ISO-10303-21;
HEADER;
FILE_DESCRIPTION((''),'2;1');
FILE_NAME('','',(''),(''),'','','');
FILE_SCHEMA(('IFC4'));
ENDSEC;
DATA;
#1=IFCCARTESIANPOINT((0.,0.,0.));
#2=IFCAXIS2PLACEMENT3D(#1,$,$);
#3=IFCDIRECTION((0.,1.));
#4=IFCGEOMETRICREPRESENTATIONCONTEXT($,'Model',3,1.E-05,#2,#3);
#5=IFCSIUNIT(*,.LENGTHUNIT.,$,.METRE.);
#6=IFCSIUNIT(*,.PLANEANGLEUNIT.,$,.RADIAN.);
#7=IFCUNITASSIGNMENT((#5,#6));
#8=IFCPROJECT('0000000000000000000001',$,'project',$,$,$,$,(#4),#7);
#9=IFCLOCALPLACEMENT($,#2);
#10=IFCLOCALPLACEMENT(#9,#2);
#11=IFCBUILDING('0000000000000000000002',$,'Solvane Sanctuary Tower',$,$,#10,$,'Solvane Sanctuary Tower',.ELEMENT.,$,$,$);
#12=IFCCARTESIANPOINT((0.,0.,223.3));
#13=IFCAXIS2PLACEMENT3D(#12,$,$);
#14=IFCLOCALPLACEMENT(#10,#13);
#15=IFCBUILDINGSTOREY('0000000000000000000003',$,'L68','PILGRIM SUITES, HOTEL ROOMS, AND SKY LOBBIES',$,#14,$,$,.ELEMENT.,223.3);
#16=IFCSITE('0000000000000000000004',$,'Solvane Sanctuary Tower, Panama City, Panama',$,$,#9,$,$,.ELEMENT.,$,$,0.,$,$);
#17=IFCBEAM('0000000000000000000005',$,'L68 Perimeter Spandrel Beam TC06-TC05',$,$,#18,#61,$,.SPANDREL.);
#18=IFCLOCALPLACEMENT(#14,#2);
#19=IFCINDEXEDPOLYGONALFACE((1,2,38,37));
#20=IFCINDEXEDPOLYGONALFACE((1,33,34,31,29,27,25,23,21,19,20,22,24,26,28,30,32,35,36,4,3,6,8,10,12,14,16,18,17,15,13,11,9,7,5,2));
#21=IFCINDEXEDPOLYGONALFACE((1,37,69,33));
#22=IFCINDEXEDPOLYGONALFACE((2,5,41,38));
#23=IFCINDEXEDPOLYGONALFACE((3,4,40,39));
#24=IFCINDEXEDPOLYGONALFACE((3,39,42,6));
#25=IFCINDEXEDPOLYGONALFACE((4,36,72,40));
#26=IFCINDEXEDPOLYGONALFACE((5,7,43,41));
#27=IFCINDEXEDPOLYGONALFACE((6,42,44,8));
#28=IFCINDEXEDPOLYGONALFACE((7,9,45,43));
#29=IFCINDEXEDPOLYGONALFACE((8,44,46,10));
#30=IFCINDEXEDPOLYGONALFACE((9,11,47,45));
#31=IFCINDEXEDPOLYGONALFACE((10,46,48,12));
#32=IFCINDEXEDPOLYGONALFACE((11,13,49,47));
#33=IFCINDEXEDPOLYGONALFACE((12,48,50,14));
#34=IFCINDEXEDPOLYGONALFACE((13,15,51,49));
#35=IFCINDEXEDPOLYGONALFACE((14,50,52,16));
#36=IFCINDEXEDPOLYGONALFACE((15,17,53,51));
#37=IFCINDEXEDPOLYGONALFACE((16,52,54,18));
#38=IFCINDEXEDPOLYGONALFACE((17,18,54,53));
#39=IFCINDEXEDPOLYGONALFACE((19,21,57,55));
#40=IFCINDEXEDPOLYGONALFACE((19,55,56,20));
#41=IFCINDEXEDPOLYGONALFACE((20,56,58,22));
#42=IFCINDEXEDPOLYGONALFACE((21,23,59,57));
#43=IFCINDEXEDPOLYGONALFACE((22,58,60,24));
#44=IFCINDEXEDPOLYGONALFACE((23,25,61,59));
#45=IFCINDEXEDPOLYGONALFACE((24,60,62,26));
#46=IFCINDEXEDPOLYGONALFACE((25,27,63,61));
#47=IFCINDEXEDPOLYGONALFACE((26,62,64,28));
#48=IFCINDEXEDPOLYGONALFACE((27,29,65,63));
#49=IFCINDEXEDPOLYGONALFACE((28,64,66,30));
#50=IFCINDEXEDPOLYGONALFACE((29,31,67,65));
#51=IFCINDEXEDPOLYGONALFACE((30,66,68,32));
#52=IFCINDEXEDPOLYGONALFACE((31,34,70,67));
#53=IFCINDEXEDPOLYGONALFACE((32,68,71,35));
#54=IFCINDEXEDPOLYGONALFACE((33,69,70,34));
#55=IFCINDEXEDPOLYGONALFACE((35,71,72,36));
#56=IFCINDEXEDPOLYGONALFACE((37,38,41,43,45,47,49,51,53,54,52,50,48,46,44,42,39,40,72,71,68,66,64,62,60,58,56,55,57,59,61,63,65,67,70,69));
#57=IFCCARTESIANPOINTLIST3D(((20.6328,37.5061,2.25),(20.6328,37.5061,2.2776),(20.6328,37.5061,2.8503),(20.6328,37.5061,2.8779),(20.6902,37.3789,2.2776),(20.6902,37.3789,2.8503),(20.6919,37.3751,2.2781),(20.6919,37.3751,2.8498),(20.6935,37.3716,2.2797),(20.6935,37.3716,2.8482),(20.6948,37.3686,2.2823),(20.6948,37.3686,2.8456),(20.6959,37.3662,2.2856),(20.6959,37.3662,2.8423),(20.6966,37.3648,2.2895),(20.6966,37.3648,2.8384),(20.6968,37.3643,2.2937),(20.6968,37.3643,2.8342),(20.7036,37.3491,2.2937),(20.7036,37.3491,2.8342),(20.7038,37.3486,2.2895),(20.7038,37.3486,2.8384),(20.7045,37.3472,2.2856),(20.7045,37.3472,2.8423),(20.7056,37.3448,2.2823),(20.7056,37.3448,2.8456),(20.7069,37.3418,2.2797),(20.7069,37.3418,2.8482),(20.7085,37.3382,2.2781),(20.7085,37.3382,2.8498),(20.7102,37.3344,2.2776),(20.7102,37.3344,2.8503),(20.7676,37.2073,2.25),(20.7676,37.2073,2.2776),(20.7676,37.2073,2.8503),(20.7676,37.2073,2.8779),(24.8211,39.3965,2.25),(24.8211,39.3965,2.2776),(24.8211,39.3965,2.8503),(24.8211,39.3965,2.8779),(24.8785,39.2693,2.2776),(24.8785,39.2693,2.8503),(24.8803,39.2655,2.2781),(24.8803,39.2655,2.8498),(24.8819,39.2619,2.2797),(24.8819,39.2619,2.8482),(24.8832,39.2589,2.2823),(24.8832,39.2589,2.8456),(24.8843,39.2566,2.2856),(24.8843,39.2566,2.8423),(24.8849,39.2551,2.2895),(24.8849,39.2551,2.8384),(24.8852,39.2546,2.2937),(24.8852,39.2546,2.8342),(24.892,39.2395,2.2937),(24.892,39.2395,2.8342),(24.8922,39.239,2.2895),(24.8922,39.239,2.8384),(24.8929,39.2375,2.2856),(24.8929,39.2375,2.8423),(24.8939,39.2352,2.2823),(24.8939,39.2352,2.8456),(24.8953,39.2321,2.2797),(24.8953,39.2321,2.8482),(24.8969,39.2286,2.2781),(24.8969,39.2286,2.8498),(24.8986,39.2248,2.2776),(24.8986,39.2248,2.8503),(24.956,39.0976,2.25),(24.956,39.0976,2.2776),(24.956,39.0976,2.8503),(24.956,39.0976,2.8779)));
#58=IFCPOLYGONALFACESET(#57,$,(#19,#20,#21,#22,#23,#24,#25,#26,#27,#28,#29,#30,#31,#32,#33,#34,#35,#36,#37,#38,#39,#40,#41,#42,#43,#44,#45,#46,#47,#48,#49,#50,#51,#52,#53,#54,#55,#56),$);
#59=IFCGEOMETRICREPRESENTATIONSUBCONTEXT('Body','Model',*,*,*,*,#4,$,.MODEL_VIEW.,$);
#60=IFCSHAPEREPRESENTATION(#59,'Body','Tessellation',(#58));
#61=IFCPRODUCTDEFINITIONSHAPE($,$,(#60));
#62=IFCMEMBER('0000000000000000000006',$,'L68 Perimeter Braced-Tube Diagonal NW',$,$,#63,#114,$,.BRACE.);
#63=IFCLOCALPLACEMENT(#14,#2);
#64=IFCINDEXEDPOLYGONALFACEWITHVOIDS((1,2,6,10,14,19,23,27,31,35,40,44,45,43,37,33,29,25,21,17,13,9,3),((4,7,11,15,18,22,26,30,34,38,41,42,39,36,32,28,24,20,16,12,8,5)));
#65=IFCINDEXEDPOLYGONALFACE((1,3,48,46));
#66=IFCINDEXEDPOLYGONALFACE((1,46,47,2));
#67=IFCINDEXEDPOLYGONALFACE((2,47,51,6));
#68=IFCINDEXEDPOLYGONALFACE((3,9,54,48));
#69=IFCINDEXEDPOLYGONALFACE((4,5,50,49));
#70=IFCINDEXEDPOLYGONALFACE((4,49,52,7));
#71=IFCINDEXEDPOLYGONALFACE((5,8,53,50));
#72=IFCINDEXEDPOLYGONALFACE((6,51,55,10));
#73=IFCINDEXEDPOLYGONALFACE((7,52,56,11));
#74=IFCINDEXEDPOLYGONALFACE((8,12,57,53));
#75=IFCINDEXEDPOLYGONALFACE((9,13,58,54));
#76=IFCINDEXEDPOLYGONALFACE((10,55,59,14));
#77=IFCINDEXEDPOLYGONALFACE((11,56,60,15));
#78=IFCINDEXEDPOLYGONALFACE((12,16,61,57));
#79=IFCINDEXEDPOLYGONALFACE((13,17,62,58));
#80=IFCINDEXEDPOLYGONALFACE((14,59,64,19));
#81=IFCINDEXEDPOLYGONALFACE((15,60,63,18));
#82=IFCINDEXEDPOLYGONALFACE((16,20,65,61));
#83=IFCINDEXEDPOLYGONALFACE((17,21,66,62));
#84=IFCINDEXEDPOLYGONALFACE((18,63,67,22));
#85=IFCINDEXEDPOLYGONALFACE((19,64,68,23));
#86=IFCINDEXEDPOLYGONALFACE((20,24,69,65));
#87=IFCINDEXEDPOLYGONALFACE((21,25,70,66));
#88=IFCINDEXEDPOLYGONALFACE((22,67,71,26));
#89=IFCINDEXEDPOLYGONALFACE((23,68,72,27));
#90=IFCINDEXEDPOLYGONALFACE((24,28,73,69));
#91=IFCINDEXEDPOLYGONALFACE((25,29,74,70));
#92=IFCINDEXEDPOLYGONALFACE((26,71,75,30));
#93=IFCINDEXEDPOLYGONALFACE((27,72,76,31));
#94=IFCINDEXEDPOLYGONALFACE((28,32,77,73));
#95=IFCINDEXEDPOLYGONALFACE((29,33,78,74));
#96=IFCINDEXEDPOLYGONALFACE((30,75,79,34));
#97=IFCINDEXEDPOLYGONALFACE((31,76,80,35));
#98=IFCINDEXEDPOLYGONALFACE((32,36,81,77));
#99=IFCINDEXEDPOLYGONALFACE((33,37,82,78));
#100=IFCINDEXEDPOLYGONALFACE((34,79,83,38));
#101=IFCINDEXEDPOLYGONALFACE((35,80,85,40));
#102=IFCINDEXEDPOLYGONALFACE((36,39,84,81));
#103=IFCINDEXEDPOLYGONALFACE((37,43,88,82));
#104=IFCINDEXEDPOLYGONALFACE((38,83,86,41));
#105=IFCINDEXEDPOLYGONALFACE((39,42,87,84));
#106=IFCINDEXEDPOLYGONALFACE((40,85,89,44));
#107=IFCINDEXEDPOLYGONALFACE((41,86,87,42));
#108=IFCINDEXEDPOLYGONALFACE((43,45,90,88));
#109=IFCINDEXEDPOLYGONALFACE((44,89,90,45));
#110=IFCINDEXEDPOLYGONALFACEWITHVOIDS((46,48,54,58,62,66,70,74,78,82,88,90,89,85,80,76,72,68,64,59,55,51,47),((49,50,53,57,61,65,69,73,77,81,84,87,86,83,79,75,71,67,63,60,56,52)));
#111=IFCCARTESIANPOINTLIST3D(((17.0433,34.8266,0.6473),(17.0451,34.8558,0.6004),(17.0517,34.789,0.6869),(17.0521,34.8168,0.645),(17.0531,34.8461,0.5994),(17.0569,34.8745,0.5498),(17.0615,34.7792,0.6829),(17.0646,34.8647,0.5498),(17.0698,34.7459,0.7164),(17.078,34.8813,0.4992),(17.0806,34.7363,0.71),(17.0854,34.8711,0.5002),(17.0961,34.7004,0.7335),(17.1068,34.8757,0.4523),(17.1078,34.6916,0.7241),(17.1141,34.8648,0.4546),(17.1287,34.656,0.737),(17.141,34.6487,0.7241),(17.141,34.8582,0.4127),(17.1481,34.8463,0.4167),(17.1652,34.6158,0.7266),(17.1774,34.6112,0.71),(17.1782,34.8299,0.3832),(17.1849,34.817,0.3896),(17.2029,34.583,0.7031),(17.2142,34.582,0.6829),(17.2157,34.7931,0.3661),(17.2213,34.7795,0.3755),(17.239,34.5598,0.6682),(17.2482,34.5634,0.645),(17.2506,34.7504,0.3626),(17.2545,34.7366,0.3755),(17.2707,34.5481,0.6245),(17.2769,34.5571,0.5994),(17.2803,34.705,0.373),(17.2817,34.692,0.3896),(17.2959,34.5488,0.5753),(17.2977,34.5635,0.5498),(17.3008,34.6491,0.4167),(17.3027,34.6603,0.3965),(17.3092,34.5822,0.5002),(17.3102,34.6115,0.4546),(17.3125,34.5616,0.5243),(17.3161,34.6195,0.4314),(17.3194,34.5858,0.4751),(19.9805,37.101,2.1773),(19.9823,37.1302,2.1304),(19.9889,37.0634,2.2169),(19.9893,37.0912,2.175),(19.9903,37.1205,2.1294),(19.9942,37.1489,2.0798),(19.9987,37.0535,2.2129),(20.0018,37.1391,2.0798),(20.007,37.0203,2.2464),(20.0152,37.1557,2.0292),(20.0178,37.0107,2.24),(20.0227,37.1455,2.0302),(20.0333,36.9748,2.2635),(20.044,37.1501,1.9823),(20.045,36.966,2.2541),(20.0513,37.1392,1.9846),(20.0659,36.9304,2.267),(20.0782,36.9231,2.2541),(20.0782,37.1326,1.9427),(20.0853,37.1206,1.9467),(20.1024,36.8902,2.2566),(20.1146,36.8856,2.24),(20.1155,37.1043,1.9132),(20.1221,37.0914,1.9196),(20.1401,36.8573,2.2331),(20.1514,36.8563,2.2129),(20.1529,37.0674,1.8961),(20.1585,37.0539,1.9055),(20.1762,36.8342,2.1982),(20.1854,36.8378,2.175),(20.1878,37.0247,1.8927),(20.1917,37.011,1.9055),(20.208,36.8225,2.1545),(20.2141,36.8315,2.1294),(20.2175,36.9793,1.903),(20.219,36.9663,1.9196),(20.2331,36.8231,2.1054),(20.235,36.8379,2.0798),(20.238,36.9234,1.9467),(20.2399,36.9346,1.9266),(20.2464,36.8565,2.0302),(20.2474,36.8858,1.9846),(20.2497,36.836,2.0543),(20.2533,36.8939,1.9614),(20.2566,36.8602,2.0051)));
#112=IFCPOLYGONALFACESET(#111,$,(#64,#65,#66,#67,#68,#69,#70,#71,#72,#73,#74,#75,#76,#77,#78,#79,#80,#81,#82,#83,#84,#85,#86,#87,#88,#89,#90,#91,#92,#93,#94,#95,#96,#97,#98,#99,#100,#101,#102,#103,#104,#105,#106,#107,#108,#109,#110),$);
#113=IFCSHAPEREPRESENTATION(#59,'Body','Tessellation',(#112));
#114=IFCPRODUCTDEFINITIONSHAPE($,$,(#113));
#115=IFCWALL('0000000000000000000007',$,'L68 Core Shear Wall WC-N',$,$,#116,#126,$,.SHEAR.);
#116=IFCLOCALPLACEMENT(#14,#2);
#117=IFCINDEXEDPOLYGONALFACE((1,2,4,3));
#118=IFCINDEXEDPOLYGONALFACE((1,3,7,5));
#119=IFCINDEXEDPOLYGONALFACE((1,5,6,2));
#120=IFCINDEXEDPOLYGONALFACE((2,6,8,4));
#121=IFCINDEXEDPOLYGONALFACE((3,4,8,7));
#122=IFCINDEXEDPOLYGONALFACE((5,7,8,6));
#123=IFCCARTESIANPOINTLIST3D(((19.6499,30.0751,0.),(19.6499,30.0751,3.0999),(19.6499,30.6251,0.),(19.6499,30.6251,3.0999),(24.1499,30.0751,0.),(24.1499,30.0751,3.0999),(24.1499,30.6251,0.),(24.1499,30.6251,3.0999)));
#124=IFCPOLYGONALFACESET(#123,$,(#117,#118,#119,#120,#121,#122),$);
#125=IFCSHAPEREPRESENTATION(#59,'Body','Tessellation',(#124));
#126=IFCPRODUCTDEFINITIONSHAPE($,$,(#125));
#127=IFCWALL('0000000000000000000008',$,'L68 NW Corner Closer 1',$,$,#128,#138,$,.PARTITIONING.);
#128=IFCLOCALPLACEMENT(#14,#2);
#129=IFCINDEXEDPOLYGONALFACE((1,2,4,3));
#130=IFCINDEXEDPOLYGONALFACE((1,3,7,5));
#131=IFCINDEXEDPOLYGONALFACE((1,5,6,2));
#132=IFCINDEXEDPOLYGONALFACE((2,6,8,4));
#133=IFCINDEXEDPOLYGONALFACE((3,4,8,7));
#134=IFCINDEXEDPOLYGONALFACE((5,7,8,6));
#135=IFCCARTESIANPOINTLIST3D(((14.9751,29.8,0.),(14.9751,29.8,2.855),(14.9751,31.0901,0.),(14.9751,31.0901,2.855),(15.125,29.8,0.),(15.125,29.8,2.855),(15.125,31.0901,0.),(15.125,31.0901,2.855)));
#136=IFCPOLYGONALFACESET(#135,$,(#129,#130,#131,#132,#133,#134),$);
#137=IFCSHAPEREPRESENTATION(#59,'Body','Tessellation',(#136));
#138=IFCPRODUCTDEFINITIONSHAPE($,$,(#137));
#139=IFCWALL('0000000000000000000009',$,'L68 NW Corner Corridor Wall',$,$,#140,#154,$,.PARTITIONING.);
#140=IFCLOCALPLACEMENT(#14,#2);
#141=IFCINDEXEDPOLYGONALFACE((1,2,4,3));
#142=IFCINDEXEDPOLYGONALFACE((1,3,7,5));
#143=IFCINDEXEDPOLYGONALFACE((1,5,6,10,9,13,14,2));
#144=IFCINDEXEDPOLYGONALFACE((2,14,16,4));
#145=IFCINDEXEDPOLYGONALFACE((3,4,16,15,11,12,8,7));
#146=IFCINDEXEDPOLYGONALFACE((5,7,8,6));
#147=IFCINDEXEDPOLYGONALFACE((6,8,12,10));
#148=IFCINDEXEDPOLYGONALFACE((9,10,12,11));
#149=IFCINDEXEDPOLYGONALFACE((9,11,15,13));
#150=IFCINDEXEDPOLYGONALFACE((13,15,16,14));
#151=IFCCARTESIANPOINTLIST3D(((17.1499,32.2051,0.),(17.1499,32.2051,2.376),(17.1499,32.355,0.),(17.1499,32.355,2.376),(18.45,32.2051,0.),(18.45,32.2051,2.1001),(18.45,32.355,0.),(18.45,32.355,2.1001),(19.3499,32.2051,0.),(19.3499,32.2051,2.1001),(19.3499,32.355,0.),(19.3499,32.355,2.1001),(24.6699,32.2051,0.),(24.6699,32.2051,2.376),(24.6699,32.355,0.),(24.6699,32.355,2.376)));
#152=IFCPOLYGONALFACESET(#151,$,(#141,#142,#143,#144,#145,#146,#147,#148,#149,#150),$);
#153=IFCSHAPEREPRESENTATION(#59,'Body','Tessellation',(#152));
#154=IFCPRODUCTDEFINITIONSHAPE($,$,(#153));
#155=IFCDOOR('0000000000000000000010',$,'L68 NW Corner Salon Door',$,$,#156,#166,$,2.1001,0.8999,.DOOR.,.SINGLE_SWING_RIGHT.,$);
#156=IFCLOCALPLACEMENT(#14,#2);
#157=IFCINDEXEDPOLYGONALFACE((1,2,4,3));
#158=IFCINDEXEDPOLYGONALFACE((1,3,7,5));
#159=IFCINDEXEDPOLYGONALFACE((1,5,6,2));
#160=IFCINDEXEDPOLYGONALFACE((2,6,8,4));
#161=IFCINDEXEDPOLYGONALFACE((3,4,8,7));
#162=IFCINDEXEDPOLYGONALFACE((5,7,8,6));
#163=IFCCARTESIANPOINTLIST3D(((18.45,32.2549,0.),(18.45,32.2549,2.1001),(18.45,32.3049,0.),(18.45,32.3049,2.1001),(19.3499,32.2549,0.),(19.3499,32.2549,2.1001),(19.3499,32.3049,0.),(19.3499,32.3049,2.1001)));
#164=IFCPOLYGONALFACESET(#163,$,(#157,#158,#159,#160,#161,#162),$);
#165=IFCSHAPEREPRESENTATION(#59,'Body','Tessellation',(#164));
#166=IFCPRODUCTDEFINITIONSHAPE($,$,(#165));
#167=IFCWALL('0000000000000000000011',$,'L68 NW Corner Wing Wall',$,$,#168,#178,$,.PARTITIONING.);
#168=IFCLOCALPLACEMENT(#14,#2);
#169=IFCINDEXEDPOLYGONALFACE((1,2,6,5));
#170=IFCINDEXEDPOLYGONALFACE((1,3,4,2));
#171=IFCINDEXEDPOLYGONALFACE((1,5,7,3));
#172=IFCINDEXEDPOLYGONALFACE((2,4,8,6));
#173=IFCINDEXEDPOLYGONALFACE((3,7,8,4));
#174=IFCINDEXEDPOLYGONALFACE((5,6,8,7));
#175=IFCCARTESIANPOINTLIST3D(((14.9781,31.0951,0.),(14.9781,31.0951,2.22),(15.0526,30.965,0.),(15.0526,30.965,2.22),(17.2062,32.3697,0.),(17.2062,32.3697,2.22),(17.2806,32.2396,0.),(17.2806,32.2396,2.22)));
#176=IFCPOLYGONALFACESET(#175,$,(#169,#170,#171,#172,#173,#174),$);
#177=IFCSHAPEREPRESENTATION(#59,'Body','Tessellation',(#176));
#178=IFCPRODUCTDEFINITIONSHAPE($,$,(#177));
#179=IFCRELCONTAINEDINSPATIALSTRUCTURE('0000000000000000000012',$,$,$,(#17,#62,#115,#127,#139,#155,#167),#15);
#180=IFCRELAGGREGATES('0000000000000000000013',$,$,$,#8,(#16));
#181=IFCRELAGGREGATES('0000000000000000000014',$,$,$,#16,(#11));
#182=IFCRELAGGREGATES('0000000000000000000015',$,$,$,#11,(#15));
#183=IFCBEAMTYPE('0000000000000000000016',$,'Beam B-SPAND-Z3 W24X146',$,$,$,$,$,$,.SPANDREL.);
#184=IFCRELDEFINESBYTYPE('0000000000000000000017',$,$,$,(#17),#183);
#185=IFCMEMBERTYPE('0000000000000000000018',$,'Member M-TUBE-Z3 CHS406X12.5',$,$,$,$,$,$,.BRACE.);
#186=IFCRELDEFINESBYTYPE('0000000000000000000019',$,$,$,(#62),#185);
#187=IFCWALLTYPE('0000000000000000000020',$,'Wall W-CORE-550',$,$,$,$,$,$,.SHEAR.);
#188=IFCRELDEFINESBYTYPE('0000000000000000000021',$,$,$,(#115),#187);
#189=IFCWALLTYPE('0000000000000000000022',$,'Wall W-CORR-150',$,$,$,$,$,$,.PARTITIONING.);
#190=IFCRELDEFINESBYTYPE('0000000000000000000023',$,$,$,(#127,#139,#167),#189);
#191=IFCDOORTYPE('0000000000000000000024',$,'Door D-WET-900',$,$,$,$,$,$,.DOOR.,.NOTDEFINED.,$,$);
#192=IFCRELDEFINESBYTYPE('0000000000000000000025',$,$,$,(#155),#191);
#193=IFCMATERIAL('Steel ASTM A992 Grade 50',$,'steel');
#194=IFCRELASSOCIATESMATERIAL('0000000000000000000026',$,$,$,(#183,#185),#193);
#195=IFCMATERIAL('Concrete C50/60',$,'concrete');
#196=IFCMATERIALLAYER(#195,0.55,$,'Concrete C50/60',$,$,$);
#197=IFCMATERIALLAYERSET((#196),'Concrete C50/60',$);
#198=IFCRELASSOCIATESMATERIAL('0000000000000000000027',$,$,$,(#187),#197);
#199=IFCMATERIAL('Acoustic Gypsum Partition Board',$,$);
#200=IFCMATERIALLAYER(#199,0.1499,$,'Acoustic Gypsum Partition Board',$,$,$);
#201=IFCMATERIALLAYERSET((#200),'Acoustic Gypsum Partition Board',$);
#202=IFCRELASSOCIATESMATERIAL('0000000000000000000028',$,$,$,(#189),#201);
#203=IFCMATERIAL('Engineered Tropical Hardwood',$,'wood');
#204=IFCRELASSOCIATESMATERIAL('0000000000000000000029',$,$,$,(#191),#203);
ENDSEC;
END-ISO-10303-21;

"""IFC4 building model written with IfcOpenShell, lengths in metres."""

from ifc_helpers import new_model, si_unit, direction, frame, frame_2d, origin, origin_2d, place, context, subcontext, project, spatial, rectangle, hollow_circle, i_section, extrude, material, layer, layer_set, material_profile, profile_set, type_object, element, fill, save


model = new_model("IFC4")

# Units and contexts
model_context = context("Model", 3, precision=1e-05, world=origin(), true_north=direction((0.0, 1.0)))
body_context = subcontext(model_context, "Body", "Model", "MODEL_VIEW")
ifc_project = project(units=[si_unit("LENGTHUNIT", "METRE"), si_unit("PLANEANGLEUNIT", "RADIAN")], contexts=[model_context])

# Site, building, storey
site_placement = place(None, origin())
site = spatial("IfcSite", under=ifc_project, at=site_placement, Name="Solvane Sanctuary Tower, Panama City, Panama", CompositionType="ELEMENT", RefElevation=0.0)
building_placement = place(site_placement, origin())
building = spatial("IfcBuilding", under=site, at=building_placement, Name="Solvane Sanctuary Tower", LongName="Solvane Sanctuary Tower", CompositionType="ELEMENT")
storey_placement = place(building_placement, frame((0.0, 0.0, 223.3)))
storey = spatial("IfcBuildingStorey", under=building, at=storey_placement, Name="L68", Description="PILGRIM SUITES, HOTEL ROOMS, AND SKY LOBBIES", CompositionType="ELEMENT", Elevation=223.3)

# Shared definitions
ifc_material_1 = material(Name="Concrete C50/60", Category="concrete")

# Beam
ifc_material_2 = material(Name="Steel ASTM A992 Grade 50", Category="steel")
ifc_material_profile_1 = material_profile(ifc_material_2, i_section(OverallWidth=0.3279, OverallDepth=0.6279, WebThickness=0.0166, FlangeThickness=0.0276, FilletRadius=0.0161, at=origin_2d()), Name="W24X146")
ifc_profile_set_1 = profile_set([ifc_material_profile_1], Name="Steel ASTM A992 Grade 50")
beam_type_1 = type_object("IfcBeamType", Name="Beam B-SPAND-Z3 W24X146", PredefinedType="SPANDREL", material=ifc_profile_set_1)
beam_1_placement = place(storey_placement, frame((20.7002, 37.3567, 2.564), z_axis=(0.911468, 0.411372, 0.0), x_axis=(-0.411372, 0.911468, 0.0)))
element("IfcBeam", 1, at=beam_1_placement, inside=storey, type_object=beam_type_1, Name="L68 Perimeter Spandrel Beam TC06-TC05", PredefinedType="SPANDREL", context=body_context, shape_type="SweptSolid", body=[
    extrude(i_section(OverallWidth=0.3279, OverallDepth=0.6279, WebThickness=0.0166, FlangeThickness=0.0276, FilletRadius=0.0161, at=origin_2d()), origin(), (0.0, 0.0, 1.0), 4.5952),
])

# Member
ifc_material_profile_2 = material_profile(ifc_material_2, hollow_circle(Radius=0.2029, WallThickness=0.0125, at=origin_2d()), Name="CHS406X12.5")
ifc_profile_set_2 = profile_set([ifc_material_profile_2], Name="Steel ASTM A992 Grade 50")
member_type = type_object("IfcMemberType", Name="Member M-TUBE-Z3 CHS406X12.5", PredefinedType="BRACE", material=ifc_profile_set_2)
member_placement = place(storey_placement, frame((17.1812, 34.7141, 0.5498), z_axis=(0.73109, 0.566107, 0.380828), x_axis=(-0.612242, 0.79067, 0.0)))
element("IfcMember", 2, at=member_placement, inside=storey, type_object=member_type, Name="L68 Perimeter Braced-Tube Diagonal NW", PredefinedType="BRACE", context=body_context, shape_type="SweptSolid", body=[
    extrude(hollow_circle(Radius=0.2029, WallThickness=0.0125, at=origin_2d()), origin(), (0.0, 0.0, 1.0), 4.0176),
])

# Walls
ifc_layer_1 = layer(ifc_material_1, 0.55, Name="Concrete C50/60")
ifc_layer_set_1 = layer_set([ifc_layer_1], Name="Concrete C50/60")
wall_type_1 = type_object("IfcWallType", Name="Wall W-CORE-550", PredefinedType="SHEAR", material=ifc_layer_set_1)
wall_1_placement = place(storey_placement, frame((19.6499, 30.3501, 0.0), z_axis=(0.0, 0.0, 1.0), x_axis=(1.0, 0.0, 0.0)))
element("IfcWall", 3, at=wall_1_placement, inside=storey, type_object=wall_type_1, Name="L68 Core Shear Wall WC-N", PredefinedType="SHEAR", context=body_context, shape_type="SweptSolid", body=[
    extrude(rectangle(XDim=4.5, YDim=0.55, at=frame_2d((2.25, 0.0))), origin(), (0.0, 0.0, 1.0), 3.0999),
])
ifc_material_3 = material(Name="Acoustic Gypsum Partition Board")
ifc_layer_2 = layer(ifc_material_3, 0.1499, Name="Acoustic Gypsum Partition Board")
ifc_layer_set_2 = layer_set([ifc_layer_2], Name="Acoustic Gypsum Partition Board")
wall_type_2 = type_object("IfcWallType", Name="Wall W-CORR-150", PredefinedType="PARTITIONING", material=ifc_layer_set_2)
wall_2_placement = place(storey_placement, frame((15.05, 29.8, 0.0), z_axis=(0.0, 0.0, 1.0), x_axis=(0.0, 1.0, 0.0)))
element("IfcWall", 4, at=wall_2_placement, inside=storey, type_object=wall_type_2, Name="L68 NW Corner Closer 1", PredefinedType="PARTITIONING", context=body_context, shape_type="SweptSolid", body=[
    extrude(rectangle(XDim=1.29, YDim=0.1499, at=frame_2d((0.645, 0.0))), origin(), (0.0, 0.0, 1.0), 2.855),
])

# Wall, opening, door
wall_3_placement = place(storey_placement, frame((17.1499, 32.28, 0.0), z_axis=(0.0, 0.0, 1.0), x_axis=(1.0, 0.0, 0.0)))
wall_3 = element("IfcWall", 5, at=wall_3_placement, inside=storey, type_object=wall_type_2, Name="L68 NW Corner Corridor Wall", PredefinedType="PARTITIONING", context=body_context, shape_type="SweptSolid", body=[
    extrude(rectangle(XDim=7.52, YDim=0.1499, at=frame_2d((3.76, 0.0))), origin(), (0.0, 0.0, 1.0), 2.376),
])
opening_1_placement = place(wall_3_placement, frame((1.3, 0.0, 0.0)))
opening_1 = element("IfcOpeningElement", 6, at=opening_1_placement, cuts=wall_3, PredefinedType="OPENING", context=body_context, shape_type="SweptSolid", body=[
    extrude(rectangle(XDim=0.8999, YDim=2.1001, at=frame_2d((0.45, 1.05))), frame((0.0, 0.085, 0.0), z_axis=(0.0, -1.0, 0.0), x_axis=(1.0, 0.0, 0.0)), (0.0, 0.0, 1.0), 0.1699),
])
ifc_material_4 = material(Name="Engineered Tropical Hardwood", Category="wood")
door_type_1 = type_object("IfcDoorType", Name="Door D-WET-900", OperationType="NOTDEFINED", PredefinedType="DOOR", material=ifc_material_4)
door_1_placement = place(opening_1_placement, origin())
door_1 = element("IfcDoor", 7, at=door_1_placement, inside=storey, type_object=door_type_1, Name="L68 NW Corner Salon Door", OperationType="SINGLE_SWING_RIGHT", OverallHeight=2.1001, OverallWidth=0.8999, PredefinedType="DOOR", context=body_context, shape_type="SweptSolid", body=[
    extrude(rectangle(XDim=0.8999, YDim=2.1001, at=frame_2d((0.45, 1.05))), frame((0.0, 0.0249, 0.0), z_axis=(0.0, -1.0, 0.0), x_axis=(1.0, 0.0, 0.0)), (0.0, 0.0, 1.0), 0.05),
])
fill(opening_1, door_1)

# Wall
wall_4_placement = place(storey_placement, frame((17.2434, 32.3047, 0.0), z_axis=(0.0, 0.0, 1.0), x_axis=(-0.867991, -0.496579, 0.0)))
element("IfcWall", 8, at=wall_4_placement, inside=storey, type_object=wall_type_2, Name="L68 NW Corner Wing Wall", PredefinedType="PARTITIONING", context=body_context, shape_type="SweptSolid", body=[
    extrude(rectangle(XDim=2.5669, YDim=0.1499, at=frame_2d((1.2834, 0.0))), origin(), (0.0, 0.0, 1.0), 2.22),
])

save(model, "model.ifc")
